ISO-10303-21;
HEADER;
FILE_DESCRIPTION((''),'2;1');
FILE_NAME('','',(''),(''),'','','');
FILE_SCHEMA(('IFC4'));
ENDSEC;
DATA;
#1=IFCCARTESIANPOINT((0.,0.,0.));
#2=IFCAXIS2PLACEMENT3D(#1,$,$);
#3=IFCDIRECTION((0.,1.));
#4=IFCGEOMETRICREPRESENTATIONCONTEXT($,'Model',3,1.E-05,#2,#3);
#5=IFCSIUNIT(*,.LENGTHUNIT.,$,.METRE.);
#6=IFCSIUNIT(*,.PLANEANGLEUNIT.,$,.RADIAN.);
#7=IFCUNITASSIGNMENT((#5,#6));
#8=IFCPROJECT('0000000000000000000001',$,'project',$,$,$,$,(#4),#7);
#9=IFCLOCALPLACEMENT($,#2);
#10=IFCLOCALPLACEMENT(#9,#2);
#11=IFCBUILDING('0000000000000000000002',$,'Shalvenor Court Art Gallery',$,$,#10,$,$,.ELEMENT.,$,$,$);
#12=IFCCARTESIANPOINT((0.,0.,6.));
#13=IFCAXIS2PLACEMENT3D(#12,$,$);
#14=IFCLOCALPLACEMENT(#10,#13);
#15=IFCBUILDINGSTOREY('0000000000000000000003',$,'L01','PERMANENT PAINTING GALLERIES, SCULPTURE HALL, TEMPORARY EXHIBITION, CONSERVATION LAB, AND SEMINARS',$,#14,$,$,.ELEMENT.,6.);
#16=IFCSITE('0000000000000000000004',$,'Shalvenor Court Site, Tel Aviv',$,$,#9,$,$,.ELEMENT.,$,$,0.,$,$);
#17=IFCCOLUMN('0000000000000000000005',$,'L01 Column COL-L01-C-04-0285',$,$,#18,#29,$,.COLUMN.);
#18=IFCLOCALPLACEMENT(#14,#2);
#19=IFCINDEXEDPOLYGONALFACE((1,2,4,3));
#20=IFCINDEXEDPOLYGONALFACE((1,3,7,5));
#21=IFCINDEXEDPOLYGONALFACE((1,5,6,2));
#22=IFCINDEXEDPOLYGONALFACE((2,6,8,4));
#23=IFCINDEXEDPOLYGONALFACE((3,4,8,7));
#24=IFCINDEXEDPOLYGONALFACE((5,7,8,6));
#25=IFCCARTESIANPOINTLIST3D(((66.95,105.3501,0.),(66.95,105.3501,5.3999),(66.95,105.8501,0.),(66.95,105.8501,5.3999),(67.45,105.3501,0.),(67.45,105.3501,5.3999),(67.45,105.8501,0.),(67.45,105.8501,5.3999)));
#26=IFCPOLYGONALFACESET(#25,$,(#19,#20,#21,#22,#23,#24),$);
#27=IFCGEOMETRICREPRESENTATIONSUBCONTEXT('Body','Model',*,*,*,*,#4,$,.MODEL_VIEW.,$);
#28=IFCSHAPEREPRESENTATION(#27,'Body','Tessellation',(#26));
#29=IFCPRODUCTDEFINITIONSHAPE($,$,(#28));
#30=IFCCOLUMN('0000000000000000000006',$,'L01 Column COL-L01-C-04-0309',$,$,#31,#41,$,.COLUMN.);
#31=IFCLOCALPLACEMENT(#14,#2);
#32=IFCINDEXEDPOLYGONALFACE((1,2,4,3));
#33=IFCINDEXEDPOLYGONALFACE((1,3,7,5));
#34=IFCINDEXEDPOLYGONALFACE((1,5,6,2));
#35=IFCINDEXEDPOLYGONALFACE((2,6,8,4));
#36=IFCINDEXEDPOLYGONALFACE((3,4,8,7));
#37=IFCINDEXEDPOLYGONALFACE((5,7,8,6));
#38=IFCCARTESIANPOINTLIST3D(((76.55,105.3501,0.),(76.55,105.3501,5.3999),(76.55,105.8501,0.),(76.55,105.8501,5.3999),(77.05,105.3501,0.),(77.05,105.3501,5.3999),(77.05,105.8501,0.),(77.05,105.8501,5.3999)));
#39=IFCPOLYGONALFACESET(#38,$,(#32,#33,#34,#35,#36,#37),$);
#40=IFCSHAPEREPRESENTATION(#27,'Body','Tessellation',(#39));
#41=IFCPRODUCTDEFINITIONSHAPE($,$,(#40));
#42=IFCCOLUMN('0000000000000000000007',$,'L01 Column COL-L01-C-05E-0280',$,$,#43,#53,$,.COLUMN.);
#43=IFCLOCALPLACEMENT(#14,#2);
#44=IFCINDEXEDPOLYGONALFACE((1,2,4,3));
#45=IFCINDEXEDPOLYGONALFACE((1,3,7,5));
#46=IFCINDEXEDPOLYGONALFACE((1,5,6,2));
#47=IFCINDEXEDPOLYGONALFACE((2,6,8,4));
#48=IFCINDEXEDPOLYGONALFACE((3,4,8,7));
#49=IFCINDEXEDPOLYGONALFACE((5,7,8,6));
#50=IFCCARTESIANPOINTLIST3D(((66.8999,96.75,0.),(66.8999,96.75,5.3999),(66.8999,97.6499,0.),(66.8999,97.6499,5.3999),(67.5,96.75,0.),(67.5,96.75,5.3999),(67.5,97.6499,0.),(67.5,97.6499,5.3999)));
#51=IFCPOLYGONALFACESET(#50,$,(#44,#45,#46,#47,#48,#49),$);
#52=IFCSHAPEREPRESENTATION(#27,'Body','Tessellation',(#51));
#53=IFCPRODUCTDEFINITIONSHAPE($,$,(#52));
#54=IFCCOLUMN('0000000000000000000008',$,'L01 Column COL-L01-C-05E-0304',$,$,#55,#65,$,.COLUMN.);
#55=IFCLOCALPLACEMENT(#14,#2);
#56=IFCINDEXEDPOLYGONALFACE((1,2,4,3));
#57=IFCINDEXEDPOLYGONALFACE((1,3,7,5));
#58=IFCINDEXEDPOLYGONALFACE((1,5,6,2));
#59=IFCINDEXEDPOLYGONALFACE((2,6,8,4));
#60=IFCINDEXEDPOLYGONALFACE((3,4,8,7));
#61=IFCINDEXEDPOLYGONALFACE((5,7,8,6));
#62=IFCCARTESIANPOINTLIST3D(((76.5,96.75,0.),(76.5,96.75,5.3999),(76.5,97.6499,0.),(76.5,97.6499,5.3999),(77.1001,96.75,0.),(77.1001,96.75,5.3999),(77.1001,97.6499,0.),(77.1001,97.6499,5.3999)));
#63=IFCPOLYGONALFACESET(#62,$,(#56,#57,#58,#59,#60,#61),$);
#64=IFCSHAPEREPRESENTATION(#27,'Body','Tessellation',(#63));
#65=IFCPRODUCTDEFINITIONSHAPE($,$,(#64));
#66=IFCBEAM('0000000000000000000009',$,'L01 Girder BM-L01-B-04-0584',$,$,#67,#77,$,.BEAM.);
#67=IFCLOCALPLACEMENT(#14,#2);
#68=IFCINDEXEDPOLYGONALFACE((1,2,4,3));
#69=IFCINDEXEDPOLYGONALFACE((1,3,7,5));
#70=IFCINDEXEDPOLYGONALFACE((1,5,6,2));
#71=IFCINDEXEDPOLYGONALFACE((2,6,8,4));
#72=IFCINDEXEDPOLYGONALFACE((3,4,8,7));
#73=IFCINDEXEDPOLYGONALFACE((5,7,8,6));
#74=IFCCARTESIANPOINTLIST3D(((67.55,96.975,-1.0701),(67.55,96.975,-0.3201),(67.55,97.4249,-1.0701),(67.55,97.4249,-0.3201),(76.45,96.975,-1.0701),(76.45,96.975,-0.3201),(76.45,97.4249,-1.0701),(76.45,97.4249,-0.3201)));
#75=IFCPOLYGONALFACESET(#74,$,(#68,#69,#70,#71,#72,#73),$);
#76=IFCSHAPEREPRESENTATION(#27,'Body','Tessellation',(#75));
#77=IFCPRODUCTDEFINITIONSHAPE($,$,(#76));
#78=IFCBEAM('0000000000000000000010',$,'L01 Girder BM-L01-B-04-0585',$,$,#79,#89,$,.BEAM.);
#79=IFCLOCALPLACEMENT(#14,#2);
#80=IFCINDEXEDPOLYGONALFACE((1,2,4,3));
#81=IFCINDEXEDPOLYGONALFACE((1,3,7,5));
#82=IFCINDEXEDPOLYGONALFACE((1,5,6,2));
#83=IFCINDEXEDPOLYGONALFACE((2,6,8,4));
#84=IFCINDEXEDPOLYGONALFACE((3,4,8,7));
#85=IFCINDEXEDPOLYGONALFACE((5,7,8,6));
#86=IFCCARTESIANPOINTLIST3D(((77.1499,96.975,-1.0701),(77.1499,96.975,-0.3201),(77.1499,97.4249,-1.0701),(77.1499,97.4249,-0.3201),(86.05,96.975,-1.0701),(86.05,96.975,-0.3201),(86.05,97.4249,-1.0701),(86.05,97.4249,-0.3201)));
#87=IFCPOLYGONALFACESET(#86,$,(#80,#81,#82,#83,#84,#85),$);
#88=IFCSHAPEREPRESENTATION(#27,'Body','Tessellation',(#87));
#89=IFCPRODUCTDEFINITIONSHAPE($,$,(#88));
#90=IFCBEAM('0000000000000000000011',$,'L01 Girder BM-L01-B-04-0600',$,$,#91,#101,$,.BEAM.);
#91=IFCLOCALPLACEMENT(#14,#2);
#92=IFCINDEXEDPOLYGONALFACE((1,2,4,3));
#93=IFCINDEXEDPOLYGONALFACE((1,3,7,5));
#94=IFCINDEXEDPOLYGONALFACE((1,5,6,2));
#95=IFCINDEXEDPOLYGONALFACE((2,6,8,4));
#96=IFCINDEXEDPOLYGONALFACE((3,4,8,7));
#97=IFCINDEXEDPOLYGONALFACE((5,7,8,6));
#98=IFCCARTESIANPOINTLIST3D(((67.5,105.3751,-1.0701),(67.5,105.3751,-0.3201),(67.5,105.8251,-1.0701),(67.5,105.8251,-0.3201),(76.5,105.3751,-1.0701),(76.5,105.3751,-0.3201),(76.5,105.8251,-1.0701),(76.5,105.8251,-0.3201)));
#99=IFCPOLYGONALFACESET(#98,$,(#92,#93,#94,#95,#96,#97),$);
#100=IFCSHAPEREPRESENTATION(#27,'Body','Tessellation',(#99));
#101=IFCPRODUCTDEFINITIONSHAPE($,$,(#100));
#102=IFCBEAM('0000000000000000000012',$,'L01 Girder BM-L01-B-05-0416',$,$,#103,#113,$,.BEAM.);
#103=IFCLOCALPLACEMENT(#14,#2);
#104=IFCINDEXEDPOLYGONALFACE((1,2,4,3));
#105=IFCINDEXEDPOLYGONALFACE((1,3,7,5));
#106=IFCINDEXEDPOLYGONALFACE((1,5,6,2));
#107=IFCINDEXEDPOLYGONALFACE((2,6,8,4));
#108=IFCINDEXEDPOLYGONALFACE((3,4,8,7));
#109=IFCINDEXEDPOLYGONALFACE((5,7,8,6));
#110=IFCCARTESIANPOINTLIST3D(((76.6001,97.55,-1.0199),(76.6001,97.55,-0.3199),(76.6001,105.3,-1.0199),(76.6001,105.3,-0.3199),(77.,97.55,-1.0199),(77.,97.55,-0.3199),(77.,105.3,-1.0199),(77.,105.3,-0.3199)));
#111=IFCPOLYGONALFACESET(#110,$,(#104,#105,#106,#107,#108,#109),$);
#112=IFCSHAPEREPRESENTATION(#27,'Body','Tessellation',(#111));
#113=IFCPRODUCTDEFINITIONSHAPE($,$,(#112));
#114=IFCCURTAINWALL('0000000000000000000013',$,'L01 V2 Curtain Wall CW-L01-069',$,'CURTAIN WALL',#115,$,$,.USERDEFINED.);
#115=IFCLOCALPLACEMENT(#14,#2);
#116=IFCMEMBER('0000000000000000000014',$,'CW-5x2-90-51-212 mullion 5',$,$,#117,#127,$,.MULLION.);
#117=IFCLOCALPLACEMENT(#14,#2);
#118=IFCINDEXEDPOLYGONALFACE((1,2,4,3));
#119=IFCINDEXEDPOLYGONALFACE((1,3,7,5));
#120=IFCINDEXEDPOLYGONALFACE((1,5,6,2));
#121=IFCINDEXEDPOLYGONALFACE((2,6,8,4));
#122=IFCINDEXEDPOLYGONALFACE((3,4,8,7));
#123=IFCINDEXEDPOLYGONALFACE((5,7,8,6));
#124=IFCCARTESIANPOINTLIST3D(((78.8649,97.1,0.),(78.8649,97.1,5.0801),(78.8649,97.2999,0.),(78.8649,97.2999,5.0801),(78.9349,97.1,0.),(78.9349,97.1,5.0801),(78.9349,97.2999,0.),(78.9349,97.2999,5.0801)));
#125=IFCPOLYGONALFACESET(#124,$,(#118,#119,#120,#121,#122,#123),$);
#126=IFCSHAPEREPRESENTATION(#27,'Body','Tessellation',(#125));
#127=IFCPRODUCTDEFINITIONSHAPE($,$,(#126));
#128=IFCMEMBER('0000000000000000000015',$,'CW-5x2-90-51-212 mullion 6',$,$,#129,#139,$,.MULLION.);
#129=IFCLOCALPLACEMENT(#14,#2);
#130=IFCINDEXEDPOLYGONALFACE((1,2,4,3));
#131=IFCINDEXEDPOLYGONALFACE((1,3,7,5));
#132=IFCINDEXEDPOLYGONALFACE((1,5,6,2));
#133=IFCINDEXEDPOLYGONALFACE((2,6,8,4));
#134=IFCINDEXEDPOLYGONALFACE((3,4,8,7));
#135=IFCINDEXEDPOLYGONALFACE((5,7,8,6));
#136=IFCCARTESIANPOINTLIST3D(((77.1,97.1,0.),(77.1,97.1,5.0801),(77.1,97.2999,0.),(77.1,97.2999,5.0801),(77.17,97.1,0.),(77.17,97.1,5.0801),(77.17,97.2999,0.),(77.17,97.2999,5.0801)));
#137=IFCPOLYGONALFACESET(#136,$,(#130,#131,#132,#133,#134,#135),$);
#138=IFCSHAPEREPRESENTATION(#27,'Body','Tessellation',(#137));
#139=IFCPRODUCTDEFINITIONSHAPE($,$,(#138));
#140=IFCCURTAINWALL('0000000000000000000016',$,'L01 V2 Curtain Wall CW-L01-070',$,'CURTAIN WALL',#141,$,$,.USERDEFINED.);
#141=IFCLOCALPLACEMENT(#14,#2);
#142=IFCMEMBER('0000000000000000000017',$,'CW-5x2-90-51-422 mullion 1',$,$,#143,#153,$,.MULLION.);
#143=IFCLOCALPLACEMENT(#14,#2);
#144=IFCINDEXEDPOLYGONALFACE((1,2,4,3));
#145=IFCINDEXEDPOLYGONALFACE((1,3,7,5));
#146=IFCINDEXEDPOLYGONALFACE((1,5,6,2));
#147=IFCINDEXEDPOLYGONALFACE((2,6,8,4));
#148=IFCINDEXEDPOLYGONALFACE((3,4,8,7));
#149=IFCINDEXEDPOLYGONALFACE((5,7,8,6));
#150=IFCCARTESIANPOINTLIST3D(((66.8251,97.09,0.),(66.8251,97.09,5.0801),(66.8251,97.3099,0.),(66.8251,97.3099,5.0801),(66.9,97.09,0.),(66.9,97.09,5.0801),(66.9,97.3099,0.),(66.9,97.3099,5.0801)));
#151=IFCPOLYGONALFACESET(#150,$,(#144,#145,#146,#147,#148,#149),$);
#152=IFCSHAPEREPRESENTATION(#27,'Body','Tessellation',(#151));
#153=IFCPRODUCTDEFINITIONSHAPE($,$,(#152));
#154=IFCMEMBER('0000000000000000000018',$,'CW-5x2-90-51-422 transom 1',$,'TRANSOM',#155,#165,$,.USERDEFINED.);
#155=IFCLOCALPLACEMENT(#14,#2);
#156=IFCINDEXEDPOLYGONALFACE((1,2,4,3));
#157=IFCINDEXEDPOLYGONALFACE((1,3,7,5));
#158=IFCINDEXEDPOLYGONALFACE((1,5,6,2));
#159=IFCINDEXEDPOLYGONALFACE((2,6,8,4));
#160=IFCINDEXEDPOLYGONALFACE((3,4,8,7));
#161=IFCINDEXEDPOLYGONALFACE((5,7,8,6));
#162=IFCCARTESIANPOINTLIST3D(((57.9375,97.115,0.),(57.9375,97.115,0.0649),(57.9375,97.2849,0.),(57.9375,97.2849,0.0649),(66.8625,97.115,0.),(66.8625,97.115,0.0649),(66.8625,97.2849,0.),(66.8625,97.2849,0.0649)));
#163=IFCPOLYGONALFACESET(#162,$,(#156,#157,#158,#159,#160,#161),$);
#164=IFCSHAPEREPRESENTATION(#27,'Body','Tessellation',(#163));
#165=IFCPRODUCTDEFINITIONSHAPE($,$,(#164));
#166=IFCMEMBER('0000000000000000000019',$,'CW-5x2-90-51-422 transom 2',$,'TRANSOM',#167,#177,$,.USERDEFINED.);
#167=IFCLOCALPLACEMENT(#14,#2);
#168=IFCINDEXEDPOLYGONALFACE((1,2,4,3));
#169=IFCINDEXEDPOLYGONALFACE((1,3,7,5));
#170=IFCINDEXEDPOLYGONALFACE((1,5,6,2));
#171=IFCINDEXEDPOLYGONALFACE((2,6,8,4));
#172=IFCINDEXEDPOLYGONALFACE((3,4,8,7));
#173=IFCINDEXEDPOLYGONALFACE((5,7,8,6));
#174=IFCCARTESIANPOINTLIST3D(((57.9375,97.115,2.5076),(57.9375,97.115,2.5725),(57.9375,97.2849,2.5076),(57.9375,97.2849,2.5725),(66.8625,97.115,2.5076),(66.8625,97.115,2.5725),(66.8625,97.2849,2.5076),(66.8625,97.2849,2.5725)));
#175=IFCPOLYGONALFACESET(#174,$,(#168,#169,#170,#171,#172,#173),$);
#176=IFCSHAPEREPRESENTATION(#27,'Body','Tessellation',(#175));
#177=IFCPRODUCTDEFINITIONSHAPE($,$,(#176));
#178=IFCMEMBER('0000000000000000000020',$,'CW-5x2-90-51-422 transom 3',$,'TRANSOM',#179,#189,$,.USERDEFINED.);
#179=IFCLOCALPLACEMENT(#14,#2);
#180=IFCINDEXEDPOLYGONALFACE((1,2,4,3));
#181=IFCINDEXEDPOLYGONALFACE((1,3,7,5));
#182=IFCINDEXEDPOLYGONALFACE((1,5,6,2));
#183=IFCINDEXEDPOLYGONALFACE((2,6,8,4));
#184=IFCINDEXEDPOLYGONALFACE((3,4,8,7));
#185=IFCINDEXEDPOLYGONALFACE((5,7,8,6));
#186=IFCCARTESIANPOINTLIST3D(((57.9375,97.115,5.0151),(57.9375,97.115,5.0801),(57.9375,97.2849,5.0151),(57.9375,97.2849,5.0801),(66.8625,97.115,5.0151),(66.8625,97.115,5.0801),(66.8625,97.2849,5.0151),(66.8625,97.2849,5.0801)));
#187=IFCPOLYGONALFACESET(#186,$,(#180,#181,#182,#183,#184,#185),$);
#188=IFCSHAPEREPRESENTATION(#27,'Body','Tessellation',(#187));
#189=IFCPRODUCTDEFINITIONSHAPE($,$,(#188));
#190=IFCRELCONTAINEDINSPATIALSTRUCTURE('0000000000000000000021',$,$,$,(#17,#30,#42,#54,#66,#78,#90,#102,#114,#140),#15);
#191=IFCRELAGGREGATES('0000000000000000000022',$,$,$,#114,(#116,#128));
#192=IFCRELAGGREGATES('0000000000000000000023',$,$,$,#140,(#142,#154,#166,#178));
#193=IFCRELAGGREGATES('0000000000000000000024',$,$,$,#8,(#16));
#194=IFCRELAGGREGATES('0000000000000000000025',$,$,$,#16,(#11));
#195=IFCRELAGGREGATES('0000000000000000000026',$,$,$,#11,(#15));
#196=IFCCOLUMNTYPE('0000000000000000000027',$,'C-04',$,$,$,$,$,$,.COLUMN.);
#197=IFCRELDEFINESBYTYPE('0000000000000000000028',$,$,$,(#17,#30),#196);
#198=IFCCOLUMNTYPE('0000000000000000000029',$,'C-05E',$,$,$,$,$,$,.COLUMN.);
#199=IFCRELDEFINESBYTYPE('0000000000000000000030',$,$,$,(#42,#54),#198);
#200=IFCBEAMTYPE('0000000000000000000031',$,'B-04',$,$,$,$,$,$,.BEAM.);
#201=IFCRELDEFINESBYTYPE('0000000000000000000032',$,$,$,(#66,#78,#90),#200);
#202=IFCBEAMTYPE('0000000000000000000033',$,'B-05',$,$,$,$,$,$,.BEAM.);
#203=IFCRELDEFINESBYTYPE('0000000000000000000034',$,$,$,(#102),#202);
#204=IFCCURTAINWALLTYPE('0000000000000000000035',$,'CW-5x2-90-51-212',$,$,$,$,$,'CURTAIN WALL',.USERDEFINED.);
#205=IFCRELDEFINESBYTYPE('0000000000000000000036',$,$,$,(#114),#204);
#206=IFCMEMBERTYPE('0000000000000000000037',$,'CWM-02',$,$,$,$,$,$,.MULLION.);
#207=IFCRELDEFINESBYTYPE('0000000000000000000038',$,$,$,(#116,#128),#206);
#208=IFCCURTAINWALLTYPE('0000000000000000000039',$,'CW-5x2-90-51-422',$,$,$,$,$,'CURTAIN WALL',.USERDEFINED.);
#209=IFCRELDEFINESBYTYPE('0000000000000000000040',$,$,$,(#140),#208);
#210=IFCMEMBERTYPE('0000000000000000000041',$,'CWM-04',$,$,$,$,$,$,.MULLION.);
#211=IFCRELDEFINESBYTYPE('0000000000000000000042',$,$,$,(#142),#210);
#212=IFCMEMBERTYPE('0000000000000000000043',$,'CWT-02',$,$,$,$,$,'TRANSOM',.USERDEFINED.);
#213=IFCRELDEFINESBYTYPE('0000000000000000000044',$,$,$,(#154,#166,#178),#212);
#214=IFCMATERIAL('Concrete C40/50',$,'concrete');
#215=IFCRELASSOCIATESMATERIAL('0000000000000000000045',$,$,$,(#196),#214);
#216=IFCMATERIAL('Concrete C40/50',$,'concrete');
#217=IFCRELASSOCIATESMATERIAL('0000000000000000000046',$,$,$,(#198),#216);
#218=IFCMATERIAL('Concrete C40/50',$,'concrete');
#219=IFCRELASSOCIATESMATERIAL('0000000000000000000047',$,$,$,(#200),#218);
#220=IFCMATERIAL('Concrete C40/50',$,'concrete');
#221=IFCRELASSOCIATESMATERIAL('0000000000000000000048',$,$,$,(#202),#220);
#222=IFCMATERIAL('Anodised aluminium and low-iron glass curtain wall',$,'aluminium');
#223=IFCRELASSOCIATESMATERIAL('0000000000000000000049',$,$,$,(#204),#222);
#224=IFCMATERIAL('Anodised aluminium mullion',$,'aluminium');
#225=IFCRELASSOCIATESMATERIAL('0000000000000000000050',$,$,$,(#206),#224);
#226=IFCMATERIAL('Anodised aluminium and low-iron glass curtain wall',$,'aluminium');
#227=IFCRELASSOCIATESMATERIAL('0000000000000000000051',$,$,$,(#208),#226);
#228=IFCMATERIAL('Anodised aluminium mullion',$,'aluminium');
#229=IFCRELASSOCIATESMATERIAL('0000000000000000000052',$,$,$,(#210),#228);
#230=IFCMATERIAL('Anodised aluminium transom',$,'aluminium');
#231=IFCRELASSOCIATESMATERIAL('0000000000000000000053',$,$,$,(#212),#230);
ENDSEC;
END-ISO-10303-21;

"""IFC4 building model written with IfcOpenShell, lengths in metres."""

from ifc_helpers import new_model, si_unit, direction, frame, origin, origin_2d, place, context, subcontext, project, spatial, rectangle, extrude, material, material_profile, profile_set, type_object, element, aggregate, save


model = new_model("IFC4")

# Units and contexts
model_context = context("Model", 3, precision=1e-05, world=origin(), true_north=direction((0.0, 1.0)))
body_context = subcontext(model_context, "Body", "Model", "MODEL_VIEW")
ifc_project = project(units=[si_unit("LENGTHUNIT", "METRE"), si_unit("PLANEANGLEUNIT", "RADIAN")], contexts=[model_context])

# Site, building, storey
site_placement = place(None, origin())
site = spatial("IfcSite", under=ifc_project, at=site_placement, Name="Shalvenor Court Site, Tel Aviv", CompositionType="ELEMENT", RefElevation=0.0)
building_placement = place(site_placement, origin())
building = spatial("IfcBuilding", under=site, at=building_placement, Name="Shalvenor Court Art Gallery", CompositionType="ELEMENT")
storey_placement = place(building_placement, frame((0.0, 0.0, 6.0)))
storey = spatial("IfcBuildingStorey", under=building, at=storey_placement, Name="L01", Description="PERMANENT PAINTING GALLERIES, SCULPTURE HALL, TEMPORARY EXHIBITION, CONSERVATION LAB, AND SEMINARS", CompositionType="ELEMENT", Elevation=6.0)

# Columns
ifc_material_1 = material(Name="Concrete C40/50", Category="concrete")
ifc_material_profile_1 = material_profile(ifc_material_1, rectangle(XDim=0.5, YDim=0.5, at=origin_2d()), Name="RC 500x500")
ifc_profile_set_1 = profile_set([ifc_material_profile_1], Name="Concrete C40/50")
column_type_1 = type_object("IfcColumnType", Name="C-04", PredefinedType="COLUMN", material=ifc_profile_set_1)
for number, where, z_axis, x_axis, name in (
    (1, (67.2, 105.6001, 0.0), (0.0, 0.0, 1.0), (1.0, 0.0, 0.0), "L01 Column COL-L01-C-04-0285"),
    (2, (76.8, 105.6001, 0.0), (0.0, 0.0, 1.0), (1.0, 0.0, 0.0), "L01 Column COL-L01-C-04-0309"),
):
    element("IfcColumn", number, at=place(storey_placement, frame(where, z_axis=z_axis, x_axis=x_axis)), inside=storey, type_object=column_type_1, Name=name, PredefinedType="COLUMN", context=body_context, shape_type="SweptSolid", body=[
        extrude(rectangle(XDim=0.5, YDim=0.5, at=origin_2d()), origin(), (0.0, 0.0, 1.0), 5.3999),
    ])
ifc_material_2 = material(Name="Concrete C40/50", Category="concrete")
ifc_material_profile_2 = material_profile(ifc_material_2, rectangle(XDim=0.6001, YDim=0.8999, at=origin_2d()), Name="RC 600x900")
ifc_profile_set_2 = profile_set([ifc_material_profile_2], Name="Concrete C40/50")
column_type_2 = type_object("IfcColumnType", Name="C-05E", PredefinedType="COLUMN", material=ifc_profile_set_2)
for number, where, z_axis, x_axis, name in (
    (3, (67.2, 97.2, 0.0), (0.0, 0.0, 1.0), (1.0, 0.0, 0.0), "L01 Column COL-L01-C-05E-0280"),
    (4, (76.8, 97.2, 0.0), (0.0, 0.0, 1.0), (1.0, 0.0, 0.0), "L01 Column COL-L01-C-05E-0304"),
):
    element("IfcColumn", number, at=place(storey_placement, frame(where, z_axis=z_axis, x_axis=x_axis)), inside=storey, type_object=column_type_2, Name=name, PredefinedType="COLUMN", context=body_context, shape_type="SweptSolid", body=[
        extrude(rectangle(XDim=0.6001, YDim=0.8999, at=origin_2d()), origin(), (0.0, 0.0, 1.0), 5.3999),
    ])

# Beams
ifc_material_3 = material(Name="Concrete C40/50", Category="concrete")
ifc_material_profile_3 = material_profile(ifc_material_3, rectangle(XDim=0.45, YDim=0.75, at=origin_2d()), Name="RC 450x750")
ifc_profile_set_3 = profile_set([ifc_material_profile_3], Name="Concrete C40/50")
beam_type_1 = type_object("IfcBeamType", Name="B-04", PredefinedType="BEAM", material=ifc_profile_set_3)
beam_1_placement = place(storey_placement, frame((67.55, 97.2, -0.6951), z_axis=(1.0, 0.0, 0.0), x_axis=(0.0, 1.0, 0.0)))
element("IfcBeam", 5, at=beam_1_placement, inside=storey, type_object=beam_type_1, Name="L01 Girder BM-L01-B-04-0584", PredefinedType="BEAM", context=body_context, shape_type="SweptSolid", body=[
    extrude(rectangle(XDim=0.45, YDim=0.75, at=origin_2d()), origin(), (0.0, 0.0, 1.0), 8.8999),
])
beam_2_placement = place(storey_placement, frame((77.1499, 97.2, -0.6951), z_axis=(1.0, 0.0, 0.0), x_axis=(0.0, 1.0, 0.0)))
element("IfcBeam", 6, at=beam_2_placement, inside=storey, type_object=beam_type_1, Name="L01 Girder BM-L01-B-04-0585", PredefinedType="BEAM", context=body_context, shape_type="SweptSolid", body=[
    extrude(rectangle(XDim=0.45, YDim=0.75, at=origin_2d()), origin(), (0.0, 0.0, 1.0), 8.9001),
])
beam_3_placement = place(storey_placement, frame((67.5, 105.6001, -0.6951), z_axis=(1.0, 0.0, 0.0), x_axis=(0.0, 1.0, 0.0)))
element("IfcBeam", 7, at=beam_3_placement, inside=storey, type_object=beam_type_1, Name="L01 Girder BM-L01-B-04-0600", PredefinedType="BEAM", context=body_context, shape_type="SweptSolid", body=[
    extrude(rectangle(XDim=0.45, YDim=0.75, at=origin_2d()), origin(), (0.0, 0.0, 1.0), 9.0),
])
ifc_material_4 = material(Name="Concrete C40/50", Category="concrete")
ifc_material_profile_4 = material_profile(ifc_material_4, rectangle(XDim=0.3999, YDim=0.7, at=origin_2d()), Name="RC 400x700")
ifc_profile_set_4 = profile_set([ifc_material_profile_4], Name="Concrete C40/50")
beam_type_2 = type_object("IfcBeamType", Name="B-05", PredefinedType="BEAM", material=ifc_profile_set_4)
beam_4_placement = place(storey_placement, frame((76.8, 97.55, -0.6699), z_axis=(0.0, 1.0, 0.0), x_axis=(-1.0, 0.0, 0.0)))
element("IfcBeam", 8, at=beam_4_placement, inside=storey, type_object=beam_type_2, Name="L01 Girder BM-L01-B-05-0416", PredefinedType="BEAM", context=body_context, shape_type="SweptSolid", body=[
    extrude(rectangle(XDim=0.3999, YDim=0.7, at=origin_2d()), origin(), (0.0, 0.0, 1.0), 7.75),
])

# Curtain walls, members
ifc_material_5 = material(Name="Anodised aluminium and low-iron glass curtain wall", Category="aluminium")
curtain_wall_type_1 = type_object("IfcCurtainWallType", Name="CW-5x2-90-51-212", ElementType="CURTAIN WALL", PredefinedType="USERDEFINED", material=ifc_material_5)
curtain_wall_1_placement = place(storey_placement, origin())
curtain_wall_1 = element("IfcCurtainWall", 9, at=curtain_wall_1_placement, inside=storey, type_object=curtain_wall_type_1, Name="L01 V2 Curtain Wall CW-L01-069", ObjectType="CURTAIN WALL", PredefinedType="USERDEFINED")
ifc_material_6 = material(Name="Anodised aluminium mullion", Category="aluminium")
ifc_material_profile_5 = material_profile(ifc_material_6, rectangle(XDim=0.0701, YDim=0.2, at=origin_2d()), Name="CWM-02")
ifc_profile_set_5 = profile_set([ifc_material_profile_5], Name="Anodised aluminium mullion")
member_type_1 = type_object("IfcMemberType", Name="CWM-02", PredefinedType="MULLION", material=ifc_profile_set_5)
member_1_placement = place(storey_placement, frame((78.8999, 97.2, 0.0), z_axis=(0.0, 0.0, 1.0), x_axis=(-1.0, 0.0, 0.0)))
member_1 = element("IfcMember", 10, at=member_1_placement, type_object=member_type_1, Name="CW-5x2-90-51-212 mullion 5", PredefinedType="MULLION", context=body_context, shape_type="SweptSolid", body=[
    extrude(rectangle(XDim=0.0701, YDim=0.2, at=origin_2d()), origin(), (0.0, 0.0, 1.0), 5.0801),
])
member_2_placement = place(storey_placement, frame((77.135, 97.2, 0.0), z_axis=(0.0, 0.0, 1.0), x_axis=(-1.0, 0.0, 0.0)))
member_2 = element("IfcMember", 11, at=member_2_placement, type_object=member_type_1, Name="CW-5x2-90-51-212 mullion 6", PredefinedType="MULLION", context=body_context, shape_type="SweptSolid", body=[
    extrude(rectangle(XDim=0.0701, YDim=0.2, at=origin_2d()), origin(), (0.0, 0.0, 1.0), 5.0801),
])
ifc_material_7 = material(Name="Anodised aluminium and low-iron glass curtain wall", Category="aluminium")
curtain_wall_type_2 = type_object("IfcCurtainWallType", Name="CW-5x2-90-51-422", ElementType="CURTAIN WALL", PredefinedType="USERDEFINED", material=ifc_material_7)
curtain_wall_2_placement = place(storey_placement, origin())
curtain_wall_2 = element("IfcCurtainWall", 12, at=curtain_wall_2_placement, inside=storey, type_object=curtain_wall_type_2, Name="L01 V2 Curtain Wall CW-L01-070", ObjectType="CURTAIN WALL", PredefinedType="USERDEFINED")
ifc_material_8 = material(Name="Anodised aluminium mullion", Category="aluminium")
ifc_material_profile_6 = material_profile(ifc_material_8, rectangle(XDim=0.075, YDim=0.22, at=origin_2d()), Name="CWM-04")
ifc_profile_set_6 = profile_set([ifc_material_profile_6], Name="Anodised aluminium mullion")
member_type_2 = type_object("IfcMemberType", Name="CWM-04", PredefinedType="MULLION", material=ifc_profile_set_6)
member_3_placement = place(storey_placement, frame((66.8625, 97.2, 0.0), z_axis=(0.0, 0.0, 1.0), x_axis=(-1.0, 0.0, 0.0)))
member_3 = element("IfcMember", 13, at=member_3_placement, type_object=member_type_2, Name="CW-5x2-90-51-422 mullion 1", PredefinedType="MULLION", context=body_context, shape_type="SweptSolid", body=[
    extrude(rectangle(XDim=0.075, YDim=0.22, at=origin_2d()), origin(), (0.0, 0.0, 1.0), 5.0801),
])
ifc_material_9 = material(Name="Anodised aluminium transom", Category="aluminium")
ifc_material_profile_7 = material_profile(ifc_material_9, rectangle(XDim=0.1699, YDim=0.0649, at=origin_2d()), Name="CWT-02")
ifc_profile_set_7 = profile_set([ifc_material_profile_7], Name="Anodised aluminium transom")
member_type_3 = type_object("IfcMemberType", Name="CWT-02", ElementType="TRANSOM", PredefinedType="USERDEFINED", material=ifc_profile_set_7)
member_4_placement = place(storey_placement, frame((66.8625, 97.2, 0.0325), z_axis=(-1.0, 0.0, 0.0), x_axis=(0.0, -1.0, 0.0)))
member_4 = element("IfcMember", 14, at=member_4_placement, type_object=member_type_3, Name="CW-5x2-90-51-422 transom 1", ObjectType="TRANSOM", PredefinedType="USERDEFINED", context=body_context, shape_type="SweptSolid", body=[
    extrude(rectangle(XDim=0.1699, YDim=0.0649, at=origin_2d()), origin(), (0.0, 0.0, 1.0), 8.925),
])
member_5_placement = place(storey_placement, frame((66.8625, 97.2, 2.54), z_axis=(-1.0, 0.0, 0.0), x_axis=(0.0, -1.0, 0.0)))
member_5 = element("IfcMember", 15, at=member_5_placement, type_object=member_type_3, Name="CW-5x2-90-51-422 transom 2", ObjectType="TRANSOM", PredefinedType="USERDEFINED", context=body_context, shape_type="SweptSolid", body=[
    extrude(rectangle(XDim=0.1699, YDim=0.0649, at=origin_2d()), origin(), (0.0, 0.0, 1.0), 8.925),
])
member_6_placement = place(storey_placement, frame((66.8625, 97.2, 5.0476), z_axis=(-1.0, 0.0, 0.0), x_axis=(0.0, -1.0, 0.0)))
member_6 = element("IfcMember", 16, at=member_6_placement, type_object=member_type_3, Name="CW-5x2-90-51-422 transom 3", ObjectType="TRANSOM", PredefinedType="USERDEFINED", context=body_context, shape_type="SweptSolid", body=[
    extrude(rectangle(XDim=0.1699, YDim=0.0649, at=origin_2d()), origin(), (0.0, 0.0, 1.0), 8.925),
])

aggregate(curtain_wall_1, [member_1, member_2])
aggregate(curtain_wall_2, [member_3, member_4, member_5, member_6])

save(model, "model.ifc")
